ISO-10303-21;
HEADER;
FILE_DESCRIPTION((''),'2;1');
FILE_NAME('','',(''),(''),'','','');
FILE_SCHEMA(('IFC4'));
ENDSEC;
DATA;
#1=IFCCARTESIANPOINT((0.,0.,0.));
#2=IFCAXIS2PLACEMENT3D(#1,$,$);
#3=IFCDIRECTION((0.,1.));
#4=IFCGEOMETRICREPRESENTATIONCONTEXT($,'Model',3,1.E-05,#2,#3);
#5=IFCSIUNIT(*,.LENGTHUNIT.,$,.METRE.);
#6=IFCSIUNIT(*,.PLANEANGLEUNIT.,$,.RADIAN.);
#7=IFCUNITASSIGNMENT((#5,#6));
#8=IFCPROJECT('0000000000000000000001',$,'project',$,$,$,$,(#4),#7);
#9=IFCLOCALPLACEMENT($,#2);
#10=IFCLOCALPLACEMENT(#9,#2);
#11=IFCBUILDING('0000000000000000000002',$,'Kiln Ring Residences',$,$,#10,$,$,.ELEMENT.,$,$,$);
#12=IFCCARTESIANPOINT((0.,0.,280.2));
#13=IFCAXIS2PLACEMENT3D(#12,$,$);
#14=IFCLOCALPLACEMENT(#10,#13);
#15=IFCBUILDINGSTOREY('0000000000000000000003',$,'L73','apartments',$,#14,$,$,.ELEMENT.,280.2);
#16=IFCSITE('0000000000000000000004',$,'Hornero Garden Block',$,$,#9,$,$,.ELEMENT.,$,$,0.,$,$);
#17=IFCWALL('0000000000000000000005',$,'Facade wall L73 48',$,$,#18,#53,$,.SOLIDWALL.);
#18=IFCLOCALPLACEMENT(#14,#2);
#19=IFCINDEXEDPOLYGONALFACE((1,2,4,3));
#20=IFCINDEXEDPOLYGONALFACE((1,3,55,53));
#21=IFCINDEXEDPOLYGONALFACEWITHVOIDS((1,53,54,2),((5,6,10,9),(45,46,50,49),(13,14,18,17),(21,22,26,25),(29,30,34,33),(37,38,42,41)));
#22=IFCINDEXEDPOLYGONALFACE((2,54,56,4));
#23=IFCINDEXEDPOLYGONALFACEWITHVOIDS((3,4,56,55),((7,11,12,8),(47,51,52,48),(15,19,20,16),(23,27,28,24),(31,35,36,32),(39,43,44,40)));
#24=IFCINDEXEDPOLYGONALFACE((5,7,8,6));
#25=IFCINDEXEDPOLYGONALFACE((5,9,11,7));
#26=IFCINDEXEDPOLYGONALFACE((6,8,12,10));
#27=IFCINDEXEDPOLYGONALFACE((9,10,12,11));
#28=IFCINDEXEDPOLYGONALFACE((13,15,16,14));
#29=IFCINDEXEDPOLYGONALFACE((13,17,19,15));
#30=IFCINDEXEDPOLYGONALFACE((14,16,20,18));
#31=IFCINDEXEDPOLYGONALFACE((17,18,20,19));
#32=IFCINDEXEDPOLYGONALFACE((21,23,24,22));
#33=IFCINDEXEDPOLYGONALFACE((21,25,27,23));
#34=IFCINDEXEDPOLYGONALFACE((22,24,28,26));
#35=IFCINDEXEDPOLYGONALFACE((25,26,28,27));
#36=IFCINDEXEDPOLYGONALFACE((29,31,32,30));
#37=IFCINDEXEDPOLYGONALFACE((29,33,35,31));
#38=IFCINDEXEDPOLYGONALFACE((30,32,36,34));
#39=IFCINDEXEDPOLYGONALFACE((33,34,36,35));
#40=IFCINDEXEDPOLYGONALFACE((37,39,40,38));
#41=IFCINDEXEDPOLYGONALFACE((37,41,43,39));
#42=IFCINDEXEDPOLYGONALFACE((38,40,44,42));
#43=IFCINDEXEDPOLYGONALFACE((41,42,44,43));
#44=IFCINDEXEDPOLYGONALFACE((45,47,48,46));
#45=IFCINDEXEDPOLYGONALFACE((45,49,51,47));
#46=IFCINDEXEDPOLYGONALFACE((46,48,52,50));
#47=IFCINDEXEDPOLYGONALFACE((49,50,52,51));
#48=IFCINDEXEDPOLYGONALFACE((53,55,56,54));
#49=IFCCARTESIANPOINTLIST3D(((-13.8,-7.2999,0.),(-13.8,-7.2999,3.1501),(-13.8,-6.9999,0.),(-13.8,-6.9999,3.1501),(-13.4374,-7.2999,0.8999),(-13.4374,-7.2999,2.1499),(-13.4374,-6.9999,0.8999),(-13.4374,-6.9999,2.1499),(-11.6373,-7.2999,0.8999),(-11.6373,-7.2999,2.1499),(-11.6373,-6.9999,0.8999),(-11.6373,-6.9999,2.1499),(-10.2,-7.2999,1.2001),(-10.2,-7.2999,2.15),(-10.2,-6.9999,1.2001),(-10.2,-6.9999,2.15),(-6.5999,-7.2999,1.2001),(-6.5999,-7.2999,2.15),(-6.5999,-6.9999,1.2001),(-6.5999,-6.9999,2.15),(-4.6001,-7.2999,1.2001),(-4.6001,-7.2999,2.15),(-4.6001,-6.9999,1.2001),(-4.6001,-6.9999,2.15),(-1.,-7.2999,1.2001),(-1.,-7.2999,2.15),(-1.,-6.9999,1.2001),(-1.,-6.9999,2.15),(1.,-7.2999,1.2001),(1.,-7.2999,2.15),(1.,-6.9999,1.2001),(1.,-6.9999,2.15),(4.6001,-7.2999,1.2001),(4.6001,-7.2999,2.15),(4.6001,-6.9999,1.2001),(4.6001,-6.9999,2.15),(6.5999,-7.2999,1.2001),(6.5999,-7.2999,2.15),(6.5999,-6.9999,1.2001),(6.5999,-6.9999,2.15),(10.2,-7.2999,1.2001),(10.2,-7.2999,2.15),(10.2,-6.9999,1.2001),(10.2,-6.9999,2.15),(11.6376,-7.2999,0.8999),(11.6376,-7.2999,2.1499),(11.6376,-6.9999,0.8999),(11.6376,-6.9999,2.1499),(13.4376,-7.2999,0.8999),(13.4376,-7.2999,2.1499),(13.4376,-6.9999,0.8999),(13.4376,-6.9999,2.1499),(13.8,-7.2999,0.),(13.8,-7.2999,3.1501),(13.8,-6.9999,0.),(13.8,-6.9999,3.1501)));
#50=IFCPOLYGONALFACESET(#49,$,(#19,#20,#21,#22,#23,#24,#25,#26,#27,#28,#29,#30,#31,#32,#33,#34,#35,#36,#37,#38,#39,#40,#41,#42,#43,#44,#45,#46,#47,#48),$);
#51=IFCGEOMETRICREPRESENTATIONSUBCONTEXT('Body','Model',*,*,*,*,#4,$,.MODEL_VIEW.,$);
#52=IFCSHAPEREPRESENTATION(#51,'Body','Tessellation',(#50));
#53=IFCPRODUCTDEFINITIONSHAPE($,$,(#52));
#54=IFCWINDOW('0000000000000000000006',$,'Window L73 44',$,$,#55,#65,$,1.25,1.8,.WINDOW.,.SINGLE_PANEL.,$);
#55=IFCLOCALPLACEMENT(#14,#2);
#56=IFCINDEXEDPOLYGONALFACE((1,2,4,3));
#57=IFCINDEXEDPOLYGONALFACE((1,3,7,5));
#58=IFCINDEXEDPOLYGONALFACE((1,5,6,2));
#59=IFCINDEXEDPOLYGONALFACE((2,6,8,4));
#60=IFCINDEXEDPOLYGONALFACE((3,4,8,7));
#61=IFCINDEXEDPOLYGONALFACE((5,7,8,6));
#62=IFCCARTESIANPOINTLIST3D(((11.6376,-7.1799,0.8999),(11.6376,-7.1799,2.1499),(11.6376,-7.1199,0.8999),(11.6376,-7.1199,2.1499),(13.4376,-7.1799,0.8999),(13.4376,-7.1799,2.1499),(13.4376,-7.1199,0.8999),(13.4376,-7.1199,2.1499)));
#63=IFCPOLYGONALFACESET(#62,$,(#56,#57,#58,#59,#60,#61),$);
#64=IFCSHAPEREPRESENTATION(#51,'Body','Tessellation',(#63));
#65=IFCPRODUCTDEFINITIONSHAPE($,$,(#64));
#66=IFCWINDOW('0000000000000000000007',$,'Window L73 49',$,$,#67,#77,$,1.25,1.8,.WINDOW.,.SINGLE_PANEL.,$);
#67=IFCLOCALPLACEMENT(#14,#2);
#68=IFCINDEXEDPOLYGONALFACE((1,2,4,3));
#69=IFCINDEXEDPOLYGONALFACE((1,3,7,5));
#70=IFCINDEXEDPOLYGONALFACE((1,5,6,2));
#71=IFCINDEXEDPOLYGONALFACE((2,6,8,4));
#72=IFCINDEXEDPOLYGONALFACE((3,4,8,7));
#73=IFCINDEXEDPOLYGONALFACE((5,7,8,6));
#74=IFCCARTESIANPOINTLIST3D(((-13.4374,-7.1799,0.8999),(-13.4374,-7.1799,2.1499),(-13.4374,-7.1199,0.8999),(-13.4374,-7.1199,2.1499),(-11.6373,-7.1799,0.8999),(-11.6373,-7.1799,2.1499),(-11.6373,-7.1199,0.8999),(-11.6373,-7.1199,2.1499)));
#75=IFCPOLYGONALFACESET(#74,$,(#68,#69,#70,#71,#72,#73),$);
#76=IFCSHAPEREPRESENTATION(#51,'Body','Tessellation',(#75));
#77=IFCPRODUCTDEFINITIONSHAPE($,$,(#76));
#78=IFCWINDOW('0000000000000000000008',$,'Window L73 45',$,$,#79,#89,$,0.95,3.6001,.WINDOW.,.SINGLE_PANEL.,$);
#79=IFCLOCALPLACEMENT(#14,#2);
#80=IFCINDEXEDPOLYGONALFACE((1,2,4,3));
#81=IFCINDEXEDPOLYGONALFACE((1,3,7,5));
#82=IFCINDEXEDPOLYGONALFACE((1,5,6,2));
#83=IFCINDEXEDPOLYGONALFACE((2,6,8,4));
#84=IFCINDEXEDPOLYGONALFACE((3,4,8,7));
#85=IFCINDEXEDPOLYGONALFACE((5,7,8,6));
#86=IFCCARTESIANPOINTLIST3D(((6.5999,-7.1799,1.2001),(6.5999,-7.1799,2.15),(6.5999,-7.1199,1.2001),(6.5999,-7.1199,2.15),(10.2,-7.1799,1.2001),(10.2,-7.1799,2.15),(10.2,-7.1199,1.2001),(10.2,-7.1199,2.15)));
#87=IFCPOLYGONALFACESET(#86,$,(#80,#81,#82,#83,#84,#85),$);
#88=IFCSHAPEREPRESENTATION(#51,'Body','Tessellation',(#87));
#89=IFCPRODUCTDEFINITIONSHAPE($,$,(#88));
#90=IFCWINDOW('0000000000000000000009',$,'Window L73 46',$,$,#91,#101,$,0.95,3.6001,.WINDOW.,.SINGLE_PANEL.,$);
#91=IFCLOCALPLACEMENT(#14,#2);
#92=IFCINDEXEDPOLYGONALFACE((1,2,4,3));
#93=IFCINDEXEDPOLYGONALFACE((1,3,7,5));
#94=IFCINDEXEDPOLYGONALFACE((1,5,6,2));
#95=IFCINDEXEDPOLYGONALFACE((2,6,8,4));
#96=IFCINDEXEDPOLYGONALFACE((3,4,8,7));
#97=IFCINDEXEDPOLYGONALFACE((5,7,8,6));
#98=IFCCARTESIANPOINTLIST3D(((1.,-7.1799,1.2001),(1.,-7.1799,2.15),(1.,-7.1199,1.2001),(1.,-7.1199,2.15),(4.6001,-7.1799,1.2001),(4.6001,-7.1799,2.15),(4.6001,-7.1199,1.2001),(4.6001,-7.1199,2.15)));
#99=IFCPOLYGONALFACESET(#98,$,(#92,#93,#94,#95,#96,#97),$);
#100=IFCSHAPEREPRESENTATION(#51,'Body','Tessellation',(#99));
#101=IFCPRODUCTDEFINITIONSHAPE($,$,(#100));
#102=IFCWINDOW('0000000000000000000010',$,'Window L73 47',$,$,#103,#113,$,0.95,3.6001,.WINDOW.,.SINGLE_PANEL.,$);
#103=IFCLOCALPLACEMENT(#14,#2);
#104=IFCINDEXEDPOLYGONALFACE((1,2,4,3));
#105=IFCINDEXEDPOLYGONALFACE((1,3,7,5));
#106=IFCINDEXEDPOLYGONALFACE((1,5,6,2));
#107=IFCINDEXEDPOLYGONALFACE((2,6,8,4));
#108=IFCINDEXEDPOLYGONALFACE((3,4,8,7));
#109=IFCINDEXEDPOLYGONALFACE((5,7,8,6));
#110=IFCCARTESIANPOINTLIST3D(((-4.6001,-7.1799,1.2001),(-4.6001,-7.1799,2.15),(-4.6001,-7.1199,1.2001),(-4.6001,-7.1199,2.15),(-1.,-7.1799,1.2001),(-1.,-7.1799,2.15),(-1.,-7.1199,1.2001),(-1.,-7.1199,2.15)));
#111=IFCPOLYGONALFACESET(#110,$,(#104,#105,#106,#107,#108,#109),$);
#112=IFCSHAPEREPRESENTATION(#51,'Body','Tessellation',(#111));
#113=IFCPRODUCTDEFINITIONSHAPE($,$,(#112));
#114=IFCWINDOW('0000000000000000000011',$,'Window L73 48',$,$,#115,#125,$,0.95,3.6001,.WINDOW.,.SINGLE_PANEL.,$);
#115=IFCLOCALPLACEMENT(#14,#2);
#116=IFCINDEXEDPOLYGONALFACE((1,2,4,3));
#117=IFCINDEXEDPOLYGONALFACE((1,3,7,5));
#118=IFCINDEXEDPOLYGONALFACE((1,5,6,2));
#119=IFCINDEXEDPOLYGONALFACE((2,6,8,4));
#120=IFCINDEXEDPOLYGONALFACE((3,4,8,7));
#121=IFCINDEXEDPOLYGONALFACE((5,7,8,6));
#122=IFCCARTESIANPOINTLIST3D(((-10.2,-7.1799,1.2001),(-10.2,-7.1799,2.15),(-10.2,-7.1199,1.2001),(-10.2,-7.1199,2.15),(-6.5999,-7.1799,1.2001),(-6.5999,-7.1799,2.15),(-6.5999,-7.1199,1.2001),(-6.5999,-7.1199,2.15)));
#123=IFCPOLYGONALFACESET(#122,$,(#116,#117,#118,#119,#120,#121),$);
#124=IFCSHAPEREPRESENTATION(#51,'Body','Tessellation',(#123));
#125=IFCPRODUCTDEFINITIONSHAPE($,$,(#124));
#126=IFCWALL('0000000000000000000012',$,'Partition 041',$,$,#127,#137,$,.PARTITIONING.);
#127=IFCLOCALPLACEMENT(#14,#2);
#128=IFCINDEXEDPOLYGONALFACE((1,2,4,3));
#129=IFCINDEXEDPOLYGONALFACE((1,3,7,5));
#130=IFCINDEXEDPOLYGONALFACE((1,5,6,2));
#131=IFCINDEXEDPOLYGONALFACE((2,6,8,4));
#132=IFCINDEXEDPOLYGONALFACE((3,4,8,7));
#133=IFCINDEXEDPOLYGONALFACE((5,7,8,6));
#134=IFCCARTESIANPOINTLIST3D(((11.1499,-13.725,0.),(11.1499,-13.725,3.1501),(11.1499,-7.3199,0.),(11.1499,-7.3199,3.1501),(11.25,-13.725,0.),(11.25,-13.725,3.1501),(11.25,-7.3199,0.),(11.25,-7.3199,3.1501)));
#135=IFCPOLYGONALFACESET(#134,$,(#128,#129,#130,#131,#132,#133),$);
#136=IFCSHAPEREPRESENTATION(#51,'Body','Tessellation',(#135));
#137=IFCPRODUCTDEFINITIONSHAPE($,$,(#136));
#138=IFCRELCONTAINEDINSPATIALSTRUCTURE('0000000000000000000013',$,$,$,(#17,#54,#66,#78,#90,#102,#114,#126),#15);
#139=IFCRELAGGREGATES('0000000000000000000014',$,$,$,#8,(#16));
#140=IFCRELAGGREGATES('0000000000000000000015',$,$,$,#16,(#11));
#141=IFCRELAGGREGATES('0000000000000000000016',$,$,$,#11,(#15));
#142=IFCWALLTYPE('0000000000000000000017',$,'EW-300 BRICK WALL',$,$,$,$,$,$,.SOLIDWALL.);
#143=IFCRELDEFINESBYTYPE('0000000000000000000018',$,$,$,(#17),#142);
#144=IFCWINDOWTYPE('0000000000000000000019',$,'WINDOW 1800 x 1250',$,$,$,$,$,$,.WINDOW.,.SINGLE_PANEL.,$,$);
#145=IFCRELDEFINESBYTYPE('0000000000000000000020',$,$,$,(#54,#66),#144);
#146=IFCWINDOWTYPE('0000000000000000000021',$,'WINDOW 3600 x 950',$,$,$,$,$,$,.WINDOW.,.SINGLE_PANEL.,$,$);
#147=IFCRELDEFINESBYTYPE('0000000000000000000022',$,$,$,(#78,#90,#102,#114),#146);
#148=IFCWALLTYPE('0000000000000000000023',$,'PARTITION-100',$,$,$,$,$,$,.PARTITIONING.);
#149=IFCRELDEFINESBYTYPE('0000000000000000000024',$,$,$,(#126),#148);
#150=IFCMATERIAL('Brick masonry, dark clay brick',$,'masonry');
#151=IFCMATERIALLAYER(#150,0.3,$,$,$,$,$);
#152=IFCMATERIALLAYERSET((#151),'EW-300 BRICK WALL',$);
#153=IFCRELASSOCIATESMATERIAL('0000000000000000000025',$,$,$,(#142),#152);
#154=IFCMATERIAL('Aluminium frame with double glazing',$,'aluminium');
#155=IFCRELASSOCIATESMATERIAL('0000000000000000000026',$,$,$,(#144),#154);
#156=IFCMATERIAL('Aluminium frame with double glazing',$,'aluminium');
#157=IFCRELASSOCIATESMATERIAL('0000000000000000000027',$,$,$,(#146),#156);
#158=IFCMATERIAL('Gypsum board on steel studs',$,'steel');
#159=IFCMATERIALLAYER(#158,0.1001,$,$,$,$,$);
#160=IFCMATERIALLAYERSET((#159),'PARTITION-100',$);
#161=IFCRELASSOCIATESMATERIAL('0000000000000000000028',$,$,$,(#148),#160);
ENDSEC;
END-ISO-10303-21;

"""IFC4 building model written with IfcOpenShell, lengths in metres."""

from ifc_helpers import new_model, si_unit, direction, frame, frame_2d, origin, place, context, subcontext, project, spatial, rectangle, extrude, material, layer, layer_set, type_object, element, fill, save


model = new_model("IFC4")

# Units and contexts
model_context = context("Model", 3, precision=1e-05, world=origin(), true_north=direction((0.0, 1.0)))
body_context = subcontext(model_context, "Body", "Model", "MODEL_VIEW")
ifc_project = project(units=[si_unit("LENGTHUNIT", "METRE"), si_unit("PLANEANGLEUNIT", "RADIAN")], contexts=[model_context])

# Site, building, storey
site_placement = place(None, origin())
site = spatial("IfcSite", under=ifc_project, at=site_placement, Name="Hornero Garden Block", CompositionType="ELEMENT", RefElevation=0.0)
building_placement = place(site_placement, origin())
building = spatial("IfcBuilding", under=site, at=building_placement, Name="Kiln Ring Residences", CompositionType="ELEMENT")
storey_placement = place(building_placement, frame((0.0, 0.0, 280.2)))
storey = spatial("IfcBuildingStorey", under=building, at=storey_placement, Name="L73", Description="apartments", CompositionType="ELEMENT", Elevation=280.2)

# Wall, openings, windows
ifc_material_1 = material(Name="Brick masonry, dark clay brick", Category="masonry")
ifc_layer_1 = layer(ifc_material_1, 0.3)
ifc_layer_set_1 = layer_set([ifc_layer_1], Name="EW-300 BRICK WALL")
wall_type_1 = type_object("IfcWallType", Name="EW-300 BRICK WALL", PredefinedType="SOLIDWALL", material=ifc_layer_set_1)
wall_1_placement = place(storey_placement, frame((13.8, -7.1499, 0.0), z_axis=(0.0, 0.0, 1.0), x_axis=(-1.0, 0.0, 0.0)))
wall_1 = element("IfcWall", 1, at=wall_1_placement, inside=storey, type_object=wall_type_1, Name="Facade wall L73 48", PredefinedType="SOLIDWALL", context=body_context, shape_type="SweptSolid", body=[
    extrude(rectangle(XDim=27.6001, YDim=0.3, at=frame_2d((13.8, 0.0))), origin(), (0.0, 0.0, 1.0), 3.1501),
])
opening_1_placement = place(wall_1_placement, frame((0.3625, 0.0, 0.8999)))
opening_1 = element("IfcOpeningElement", 2, at=opening_1_placement, cuts=wall_1, PredefinedType="OPENING", context=body_context, shape_type="SweptSolid", body=[
    extrude(rectangle(XDim=1.8, YDim=1.25, at=frame_2d((0.8999, 0.625))), frame((0.0, 0.1599, 0.0), z_axis=(0.0, -1.0, 0.0), x_axis=(1.0, 0.0, 0.0)), (0.0, 0.0, 1.0), 0.3201),
])
opening_2_placement = place(wall_1_placement, frame((3.6001, 0.0, 1.2)))
opening_2 = element("IfcOpeningElement", 3, at=opening_2_placement, cuts=wall_1, PredefinedType="OPENING", context=body_context, shape_type="SweptSolid", body=[
    extrude(rectangle(XDim=3.6001, YDim=0.95, at=frame_2d((1.8, 0.4751))), frame((0.0, 0.1599, 0.0), z_axis=(0.0, -1.0, 0.0), x_axis=(1.0, 0.0, 0.0)), (0.0, 0.0, 1.0), 0.3201),
])
opening_3_placement = place(wall_1_placement, frame((9.2, 0.0, 1.2)))
opening_3 = element("IfcOpeningElement", 4, at=opening_3_placement, cuts=wall_1, PredefinedType="OPENING", context=body_context, shape_type="SweptSolid", body=[
    extrude(rectangle(XDim=3.6001, YDim=0.95, at=frame_2d((1.8, 0.4751))), frame((0.0, 0.1599, 0.0), z_axis=(0.0, -1.0, 0.0), x_axis=(1.0, 0.0, 0.0)), (0.0, 0.0, 1.0), 0.3201),
])
opening_4_placement = place(wall_1_placement, frame((14.8, 0.0, 1.2)))
opening_4 = element("IfcOpeningElement", 5, at=opening_4_placement, cuts=wall_1, PredefinedType="OPENING", context=body_context, shape_type="SweptSolid", body=[
    extrude(rectangle(XDim=3.6001, YDim=0.95, at=frame_2d((1.8, 0.4751))), frame((0.0, 0.1599, 0.0), z_axis=(0.0, -1.0, 0.0), x_axis=(1.0, 0.0, 0.0)), (0.0, 0.0, 1.0), 0.3201),
])
opening_5_placement = place(wall_1_placement, frame((20.3999, 0.0, 1.2)))
opening_5 = element("IfcOpeningElement", 6, at=opening_5_placement, cuts=wall_1, PredefinedType="OPENING", context=body_context, shape_type="SweptSolid", body=[
    extrude(rectangle(XDim=3.6001, YDim=0.95, at=frame_2d((1.8, 0.4751))), frame((0.0, 0.1599, 0.0), z_axis=(0.0, -1.0, 0.0), x_axis=(1.0, 0.0, 0.0)), (0.0, 0.0, 1.0), 0.3201),
])
opening_6_placement = place(wall_1_placement, frame((25.4375, 0.0, 0.8999)))
opening_6 = element("IfcOpeningElement", 7, at=opening_6_placement, cuts=wall_1, PredefinedType="OPENING", context=body_context, shape_type="SweptSolid", body=[
    extrude(rectangle(XDim=1.8, YDim=1.25, at=frame_2d((0.8999, 0.625))), frame((0.0, 0.1599, 0.0), z_axis=(0.0, -1.0, 0.0), x_axis=(1.0, 0.0, 0.0)), (0.0, 0.0, 1.0), 0.3201),
])
ifc_material_2 = material(Name="Aluminium frame with double glazing", Category="aluminium")
window_type_1 = type_object("IfcWindowType", Name="WINDOW 1800 x 1250", PartitioningType="SINGLE_PANEL", PredefinedType="WINDOW", material=ifc_material_2)
window_1_placement = place(opening_1_placement, origin())
window_1 = element("IfcWindow", 8, at=window_1_placement, inside=storey, type_object=window_type_1, Name="Window L73 44", OverallHeight=1.25, OverallWidth=1.8, PartitioningType="SINGLE_PANEL", PredefinedType="WINDOW", context=body_context, shape_type="SweptSolid", body=[
    extrude(rectangle(XDim=1.8, YDim=1.25, at=frame_2d((0.8999, 0.625))), frame((0.0, 0.03, 0.0), z_axis=(0.0, -1.0, 0.0), x_axis=(1.0, 0.0, 0.0)), (0.0, 0.0, 1.0), 0.0601),
])
fill(opening_1, window_1)
window_2_placement = place(opening_6_placement, origin())
window_2 = element("IfcWindow", 9, at=window_2_placement, inside=storey, type_object=window_type_1, Name="Window L73 49", OverallHeight=1.25, OverallWidth=1.8, PartitioningType="SINGLE_PANEL", PredefinedType="WINDOW", context=body_context, shape_type="SweptSolid", body=[
    extrude(rectangle(XDim=1.8, YDim=1.25, at=frame_2d((0.8999, 0.625))), frame((0.0, 0.03, 0.0), z_axis=(0.0, -1.0, 0.0), x_axis=(1.0, 0.0, 0.0)), (0.0, 0.0, 1.0), 0.0601),
])
fill(opening_6, window_2)
ifc_material_3 = material(Name="Aluminium frame with double glazing", Category="aluminium")
window_type_2 = type_object("IfcWindowType", Name="WINDOW 3600 x 950", PartitioningType="SINGLE_PANEL", PredefinedType="WINDOW", material=ifc_material_3)
window_3_placement = place(opening_2_placement, origin())
window_3 = element("IfcWindow", 10, at=window_3_placement, inside=storey, type_object=window_type_2, Name="Window L73 45", OverallHeight=0.95, OverallWidth=3.6001, PartitioningType="SINGLE_PANEL", PredefinedType="WINDOW", context=body_context, shape_type="SweptSolid", body=[
    extrude(rectangle(XDim=3.6001, YDim=0.95, at=frame_2d((1.8, 0.4751))), frame((0.0, 0.03, 0.0), z_axis=(0.0, -1.0, 0.0), x_axis=(1.0, 0.0, 0.0)), (0.0, 0.0, 1.0), 0.0601),
])
fill(opening_2, window_3)
window_4_placement = place(opening_3_placement, origin())
window_4 = element("IfcWindow", 11, at=window_4_placement, inside=storey, type_object=window_type_2, Name="Window L73 46", OverallHeight=0.95, OverallWidth=3.6001, PartitioningType="SINGLE_PANEL", PredefinedType="WINDOW", context=body_context, shape_type="SweptSolid", body=[
    extrude(rectangle(XDim=3.6001, YDim=0.95, at=frame_2d((1.8, 0.4751))), frame((0.0, 0.03, 0.0), z_axis=(0.0, -1.0, 0.0), x_axis=(1.0, 0.0, 0.0)), (0.0, 0.0, 1.0), 0.0601),
])
fill(opening_3, window_4)
window_5_placement = place(opening_4_placement, origin())
window_5 = element("IfcWindow", 12, at=window_5_placement, inside=storey, type_object=window_type_2, Name="Window L73 47", OverallHeight=0.95, OverallWidth=3.6001, PartitioningType="SINGLE_PANEL", PredefinedType="WINDOW", context=body_context, shape_type="SweptSolid", body=[
    extrude(rectangle(XDim=3.6001, YDim=0.95, at=frame_2d((1.8, 0.4751))), frame((0.0, 0.03, 0.0), z_axis=(0.0, -1.0, 0.0), x_axis=(1.0, 0.0, 0.0)), (0.0, 0.0, 1.0), 0.0601),
])
fill(opening_4, window_5)
window_6_placement = place(opening_5_placement, origin())
window_6 = element("IfcWindow", 13, at=window_6_placement, inside=storey, type_object=window_type_2, Name="Window L73 48", OverallHeight=0.95, OverallWidth=3.6001, PartitioningType="SINGLE_PANEL", PredefinedType="WINDOW", context=body_context, shape_type="SweptSolid", body=[
    extrude(rectangle(XDim=3.6001, YDim=0.95, at=frame_2d((1.8, 0.4751))), frame((0.0, 0.03, 0.0), z_axis=(0.0, -1.0, 0.0), x_axis=(1.0, 0.0, 0.0)), (0.0, 0.0, 1.0), 0.0601),
])
fill(opening_5, window_6)

# Wall
ifc_material_4 = material(Name="Gypsum board on steel studs", Category="steel")
ifc_layer_2 = layer(ifc_material_4, 0.1001)
ifc_layer_set_2 = layer_set([ifc_layer_2], Name="PARTITION-100")
wall_type_2 = type_object("IfcWallType", Name="PARTITION-100", PredefinedType="PARTITIONING", material=ifc_layer_set_2)
wall_2_placement = place(storey_placement, frame((11.2, -13.7251, 0.0), z_axis=(0.0, 0.0, 1.0), x_axis=(0.0, 1.0, 0.0)))
element("IfcWall", 14, at=wall_2_placement, inside=storey, type_object=wall_type_2, Name="Partition 041", PredefinedType="PARTITIONING", context=body_context, shape_type="SweptSolid", body=[
    extrude(rectangle(XDim=6.405, YDim=0.1001, at=frame_2d((3.2026, 0.0))), origin(), (0.0, 0.0, 1.0), 3.1501),
])

save(model, "model.ifc")
